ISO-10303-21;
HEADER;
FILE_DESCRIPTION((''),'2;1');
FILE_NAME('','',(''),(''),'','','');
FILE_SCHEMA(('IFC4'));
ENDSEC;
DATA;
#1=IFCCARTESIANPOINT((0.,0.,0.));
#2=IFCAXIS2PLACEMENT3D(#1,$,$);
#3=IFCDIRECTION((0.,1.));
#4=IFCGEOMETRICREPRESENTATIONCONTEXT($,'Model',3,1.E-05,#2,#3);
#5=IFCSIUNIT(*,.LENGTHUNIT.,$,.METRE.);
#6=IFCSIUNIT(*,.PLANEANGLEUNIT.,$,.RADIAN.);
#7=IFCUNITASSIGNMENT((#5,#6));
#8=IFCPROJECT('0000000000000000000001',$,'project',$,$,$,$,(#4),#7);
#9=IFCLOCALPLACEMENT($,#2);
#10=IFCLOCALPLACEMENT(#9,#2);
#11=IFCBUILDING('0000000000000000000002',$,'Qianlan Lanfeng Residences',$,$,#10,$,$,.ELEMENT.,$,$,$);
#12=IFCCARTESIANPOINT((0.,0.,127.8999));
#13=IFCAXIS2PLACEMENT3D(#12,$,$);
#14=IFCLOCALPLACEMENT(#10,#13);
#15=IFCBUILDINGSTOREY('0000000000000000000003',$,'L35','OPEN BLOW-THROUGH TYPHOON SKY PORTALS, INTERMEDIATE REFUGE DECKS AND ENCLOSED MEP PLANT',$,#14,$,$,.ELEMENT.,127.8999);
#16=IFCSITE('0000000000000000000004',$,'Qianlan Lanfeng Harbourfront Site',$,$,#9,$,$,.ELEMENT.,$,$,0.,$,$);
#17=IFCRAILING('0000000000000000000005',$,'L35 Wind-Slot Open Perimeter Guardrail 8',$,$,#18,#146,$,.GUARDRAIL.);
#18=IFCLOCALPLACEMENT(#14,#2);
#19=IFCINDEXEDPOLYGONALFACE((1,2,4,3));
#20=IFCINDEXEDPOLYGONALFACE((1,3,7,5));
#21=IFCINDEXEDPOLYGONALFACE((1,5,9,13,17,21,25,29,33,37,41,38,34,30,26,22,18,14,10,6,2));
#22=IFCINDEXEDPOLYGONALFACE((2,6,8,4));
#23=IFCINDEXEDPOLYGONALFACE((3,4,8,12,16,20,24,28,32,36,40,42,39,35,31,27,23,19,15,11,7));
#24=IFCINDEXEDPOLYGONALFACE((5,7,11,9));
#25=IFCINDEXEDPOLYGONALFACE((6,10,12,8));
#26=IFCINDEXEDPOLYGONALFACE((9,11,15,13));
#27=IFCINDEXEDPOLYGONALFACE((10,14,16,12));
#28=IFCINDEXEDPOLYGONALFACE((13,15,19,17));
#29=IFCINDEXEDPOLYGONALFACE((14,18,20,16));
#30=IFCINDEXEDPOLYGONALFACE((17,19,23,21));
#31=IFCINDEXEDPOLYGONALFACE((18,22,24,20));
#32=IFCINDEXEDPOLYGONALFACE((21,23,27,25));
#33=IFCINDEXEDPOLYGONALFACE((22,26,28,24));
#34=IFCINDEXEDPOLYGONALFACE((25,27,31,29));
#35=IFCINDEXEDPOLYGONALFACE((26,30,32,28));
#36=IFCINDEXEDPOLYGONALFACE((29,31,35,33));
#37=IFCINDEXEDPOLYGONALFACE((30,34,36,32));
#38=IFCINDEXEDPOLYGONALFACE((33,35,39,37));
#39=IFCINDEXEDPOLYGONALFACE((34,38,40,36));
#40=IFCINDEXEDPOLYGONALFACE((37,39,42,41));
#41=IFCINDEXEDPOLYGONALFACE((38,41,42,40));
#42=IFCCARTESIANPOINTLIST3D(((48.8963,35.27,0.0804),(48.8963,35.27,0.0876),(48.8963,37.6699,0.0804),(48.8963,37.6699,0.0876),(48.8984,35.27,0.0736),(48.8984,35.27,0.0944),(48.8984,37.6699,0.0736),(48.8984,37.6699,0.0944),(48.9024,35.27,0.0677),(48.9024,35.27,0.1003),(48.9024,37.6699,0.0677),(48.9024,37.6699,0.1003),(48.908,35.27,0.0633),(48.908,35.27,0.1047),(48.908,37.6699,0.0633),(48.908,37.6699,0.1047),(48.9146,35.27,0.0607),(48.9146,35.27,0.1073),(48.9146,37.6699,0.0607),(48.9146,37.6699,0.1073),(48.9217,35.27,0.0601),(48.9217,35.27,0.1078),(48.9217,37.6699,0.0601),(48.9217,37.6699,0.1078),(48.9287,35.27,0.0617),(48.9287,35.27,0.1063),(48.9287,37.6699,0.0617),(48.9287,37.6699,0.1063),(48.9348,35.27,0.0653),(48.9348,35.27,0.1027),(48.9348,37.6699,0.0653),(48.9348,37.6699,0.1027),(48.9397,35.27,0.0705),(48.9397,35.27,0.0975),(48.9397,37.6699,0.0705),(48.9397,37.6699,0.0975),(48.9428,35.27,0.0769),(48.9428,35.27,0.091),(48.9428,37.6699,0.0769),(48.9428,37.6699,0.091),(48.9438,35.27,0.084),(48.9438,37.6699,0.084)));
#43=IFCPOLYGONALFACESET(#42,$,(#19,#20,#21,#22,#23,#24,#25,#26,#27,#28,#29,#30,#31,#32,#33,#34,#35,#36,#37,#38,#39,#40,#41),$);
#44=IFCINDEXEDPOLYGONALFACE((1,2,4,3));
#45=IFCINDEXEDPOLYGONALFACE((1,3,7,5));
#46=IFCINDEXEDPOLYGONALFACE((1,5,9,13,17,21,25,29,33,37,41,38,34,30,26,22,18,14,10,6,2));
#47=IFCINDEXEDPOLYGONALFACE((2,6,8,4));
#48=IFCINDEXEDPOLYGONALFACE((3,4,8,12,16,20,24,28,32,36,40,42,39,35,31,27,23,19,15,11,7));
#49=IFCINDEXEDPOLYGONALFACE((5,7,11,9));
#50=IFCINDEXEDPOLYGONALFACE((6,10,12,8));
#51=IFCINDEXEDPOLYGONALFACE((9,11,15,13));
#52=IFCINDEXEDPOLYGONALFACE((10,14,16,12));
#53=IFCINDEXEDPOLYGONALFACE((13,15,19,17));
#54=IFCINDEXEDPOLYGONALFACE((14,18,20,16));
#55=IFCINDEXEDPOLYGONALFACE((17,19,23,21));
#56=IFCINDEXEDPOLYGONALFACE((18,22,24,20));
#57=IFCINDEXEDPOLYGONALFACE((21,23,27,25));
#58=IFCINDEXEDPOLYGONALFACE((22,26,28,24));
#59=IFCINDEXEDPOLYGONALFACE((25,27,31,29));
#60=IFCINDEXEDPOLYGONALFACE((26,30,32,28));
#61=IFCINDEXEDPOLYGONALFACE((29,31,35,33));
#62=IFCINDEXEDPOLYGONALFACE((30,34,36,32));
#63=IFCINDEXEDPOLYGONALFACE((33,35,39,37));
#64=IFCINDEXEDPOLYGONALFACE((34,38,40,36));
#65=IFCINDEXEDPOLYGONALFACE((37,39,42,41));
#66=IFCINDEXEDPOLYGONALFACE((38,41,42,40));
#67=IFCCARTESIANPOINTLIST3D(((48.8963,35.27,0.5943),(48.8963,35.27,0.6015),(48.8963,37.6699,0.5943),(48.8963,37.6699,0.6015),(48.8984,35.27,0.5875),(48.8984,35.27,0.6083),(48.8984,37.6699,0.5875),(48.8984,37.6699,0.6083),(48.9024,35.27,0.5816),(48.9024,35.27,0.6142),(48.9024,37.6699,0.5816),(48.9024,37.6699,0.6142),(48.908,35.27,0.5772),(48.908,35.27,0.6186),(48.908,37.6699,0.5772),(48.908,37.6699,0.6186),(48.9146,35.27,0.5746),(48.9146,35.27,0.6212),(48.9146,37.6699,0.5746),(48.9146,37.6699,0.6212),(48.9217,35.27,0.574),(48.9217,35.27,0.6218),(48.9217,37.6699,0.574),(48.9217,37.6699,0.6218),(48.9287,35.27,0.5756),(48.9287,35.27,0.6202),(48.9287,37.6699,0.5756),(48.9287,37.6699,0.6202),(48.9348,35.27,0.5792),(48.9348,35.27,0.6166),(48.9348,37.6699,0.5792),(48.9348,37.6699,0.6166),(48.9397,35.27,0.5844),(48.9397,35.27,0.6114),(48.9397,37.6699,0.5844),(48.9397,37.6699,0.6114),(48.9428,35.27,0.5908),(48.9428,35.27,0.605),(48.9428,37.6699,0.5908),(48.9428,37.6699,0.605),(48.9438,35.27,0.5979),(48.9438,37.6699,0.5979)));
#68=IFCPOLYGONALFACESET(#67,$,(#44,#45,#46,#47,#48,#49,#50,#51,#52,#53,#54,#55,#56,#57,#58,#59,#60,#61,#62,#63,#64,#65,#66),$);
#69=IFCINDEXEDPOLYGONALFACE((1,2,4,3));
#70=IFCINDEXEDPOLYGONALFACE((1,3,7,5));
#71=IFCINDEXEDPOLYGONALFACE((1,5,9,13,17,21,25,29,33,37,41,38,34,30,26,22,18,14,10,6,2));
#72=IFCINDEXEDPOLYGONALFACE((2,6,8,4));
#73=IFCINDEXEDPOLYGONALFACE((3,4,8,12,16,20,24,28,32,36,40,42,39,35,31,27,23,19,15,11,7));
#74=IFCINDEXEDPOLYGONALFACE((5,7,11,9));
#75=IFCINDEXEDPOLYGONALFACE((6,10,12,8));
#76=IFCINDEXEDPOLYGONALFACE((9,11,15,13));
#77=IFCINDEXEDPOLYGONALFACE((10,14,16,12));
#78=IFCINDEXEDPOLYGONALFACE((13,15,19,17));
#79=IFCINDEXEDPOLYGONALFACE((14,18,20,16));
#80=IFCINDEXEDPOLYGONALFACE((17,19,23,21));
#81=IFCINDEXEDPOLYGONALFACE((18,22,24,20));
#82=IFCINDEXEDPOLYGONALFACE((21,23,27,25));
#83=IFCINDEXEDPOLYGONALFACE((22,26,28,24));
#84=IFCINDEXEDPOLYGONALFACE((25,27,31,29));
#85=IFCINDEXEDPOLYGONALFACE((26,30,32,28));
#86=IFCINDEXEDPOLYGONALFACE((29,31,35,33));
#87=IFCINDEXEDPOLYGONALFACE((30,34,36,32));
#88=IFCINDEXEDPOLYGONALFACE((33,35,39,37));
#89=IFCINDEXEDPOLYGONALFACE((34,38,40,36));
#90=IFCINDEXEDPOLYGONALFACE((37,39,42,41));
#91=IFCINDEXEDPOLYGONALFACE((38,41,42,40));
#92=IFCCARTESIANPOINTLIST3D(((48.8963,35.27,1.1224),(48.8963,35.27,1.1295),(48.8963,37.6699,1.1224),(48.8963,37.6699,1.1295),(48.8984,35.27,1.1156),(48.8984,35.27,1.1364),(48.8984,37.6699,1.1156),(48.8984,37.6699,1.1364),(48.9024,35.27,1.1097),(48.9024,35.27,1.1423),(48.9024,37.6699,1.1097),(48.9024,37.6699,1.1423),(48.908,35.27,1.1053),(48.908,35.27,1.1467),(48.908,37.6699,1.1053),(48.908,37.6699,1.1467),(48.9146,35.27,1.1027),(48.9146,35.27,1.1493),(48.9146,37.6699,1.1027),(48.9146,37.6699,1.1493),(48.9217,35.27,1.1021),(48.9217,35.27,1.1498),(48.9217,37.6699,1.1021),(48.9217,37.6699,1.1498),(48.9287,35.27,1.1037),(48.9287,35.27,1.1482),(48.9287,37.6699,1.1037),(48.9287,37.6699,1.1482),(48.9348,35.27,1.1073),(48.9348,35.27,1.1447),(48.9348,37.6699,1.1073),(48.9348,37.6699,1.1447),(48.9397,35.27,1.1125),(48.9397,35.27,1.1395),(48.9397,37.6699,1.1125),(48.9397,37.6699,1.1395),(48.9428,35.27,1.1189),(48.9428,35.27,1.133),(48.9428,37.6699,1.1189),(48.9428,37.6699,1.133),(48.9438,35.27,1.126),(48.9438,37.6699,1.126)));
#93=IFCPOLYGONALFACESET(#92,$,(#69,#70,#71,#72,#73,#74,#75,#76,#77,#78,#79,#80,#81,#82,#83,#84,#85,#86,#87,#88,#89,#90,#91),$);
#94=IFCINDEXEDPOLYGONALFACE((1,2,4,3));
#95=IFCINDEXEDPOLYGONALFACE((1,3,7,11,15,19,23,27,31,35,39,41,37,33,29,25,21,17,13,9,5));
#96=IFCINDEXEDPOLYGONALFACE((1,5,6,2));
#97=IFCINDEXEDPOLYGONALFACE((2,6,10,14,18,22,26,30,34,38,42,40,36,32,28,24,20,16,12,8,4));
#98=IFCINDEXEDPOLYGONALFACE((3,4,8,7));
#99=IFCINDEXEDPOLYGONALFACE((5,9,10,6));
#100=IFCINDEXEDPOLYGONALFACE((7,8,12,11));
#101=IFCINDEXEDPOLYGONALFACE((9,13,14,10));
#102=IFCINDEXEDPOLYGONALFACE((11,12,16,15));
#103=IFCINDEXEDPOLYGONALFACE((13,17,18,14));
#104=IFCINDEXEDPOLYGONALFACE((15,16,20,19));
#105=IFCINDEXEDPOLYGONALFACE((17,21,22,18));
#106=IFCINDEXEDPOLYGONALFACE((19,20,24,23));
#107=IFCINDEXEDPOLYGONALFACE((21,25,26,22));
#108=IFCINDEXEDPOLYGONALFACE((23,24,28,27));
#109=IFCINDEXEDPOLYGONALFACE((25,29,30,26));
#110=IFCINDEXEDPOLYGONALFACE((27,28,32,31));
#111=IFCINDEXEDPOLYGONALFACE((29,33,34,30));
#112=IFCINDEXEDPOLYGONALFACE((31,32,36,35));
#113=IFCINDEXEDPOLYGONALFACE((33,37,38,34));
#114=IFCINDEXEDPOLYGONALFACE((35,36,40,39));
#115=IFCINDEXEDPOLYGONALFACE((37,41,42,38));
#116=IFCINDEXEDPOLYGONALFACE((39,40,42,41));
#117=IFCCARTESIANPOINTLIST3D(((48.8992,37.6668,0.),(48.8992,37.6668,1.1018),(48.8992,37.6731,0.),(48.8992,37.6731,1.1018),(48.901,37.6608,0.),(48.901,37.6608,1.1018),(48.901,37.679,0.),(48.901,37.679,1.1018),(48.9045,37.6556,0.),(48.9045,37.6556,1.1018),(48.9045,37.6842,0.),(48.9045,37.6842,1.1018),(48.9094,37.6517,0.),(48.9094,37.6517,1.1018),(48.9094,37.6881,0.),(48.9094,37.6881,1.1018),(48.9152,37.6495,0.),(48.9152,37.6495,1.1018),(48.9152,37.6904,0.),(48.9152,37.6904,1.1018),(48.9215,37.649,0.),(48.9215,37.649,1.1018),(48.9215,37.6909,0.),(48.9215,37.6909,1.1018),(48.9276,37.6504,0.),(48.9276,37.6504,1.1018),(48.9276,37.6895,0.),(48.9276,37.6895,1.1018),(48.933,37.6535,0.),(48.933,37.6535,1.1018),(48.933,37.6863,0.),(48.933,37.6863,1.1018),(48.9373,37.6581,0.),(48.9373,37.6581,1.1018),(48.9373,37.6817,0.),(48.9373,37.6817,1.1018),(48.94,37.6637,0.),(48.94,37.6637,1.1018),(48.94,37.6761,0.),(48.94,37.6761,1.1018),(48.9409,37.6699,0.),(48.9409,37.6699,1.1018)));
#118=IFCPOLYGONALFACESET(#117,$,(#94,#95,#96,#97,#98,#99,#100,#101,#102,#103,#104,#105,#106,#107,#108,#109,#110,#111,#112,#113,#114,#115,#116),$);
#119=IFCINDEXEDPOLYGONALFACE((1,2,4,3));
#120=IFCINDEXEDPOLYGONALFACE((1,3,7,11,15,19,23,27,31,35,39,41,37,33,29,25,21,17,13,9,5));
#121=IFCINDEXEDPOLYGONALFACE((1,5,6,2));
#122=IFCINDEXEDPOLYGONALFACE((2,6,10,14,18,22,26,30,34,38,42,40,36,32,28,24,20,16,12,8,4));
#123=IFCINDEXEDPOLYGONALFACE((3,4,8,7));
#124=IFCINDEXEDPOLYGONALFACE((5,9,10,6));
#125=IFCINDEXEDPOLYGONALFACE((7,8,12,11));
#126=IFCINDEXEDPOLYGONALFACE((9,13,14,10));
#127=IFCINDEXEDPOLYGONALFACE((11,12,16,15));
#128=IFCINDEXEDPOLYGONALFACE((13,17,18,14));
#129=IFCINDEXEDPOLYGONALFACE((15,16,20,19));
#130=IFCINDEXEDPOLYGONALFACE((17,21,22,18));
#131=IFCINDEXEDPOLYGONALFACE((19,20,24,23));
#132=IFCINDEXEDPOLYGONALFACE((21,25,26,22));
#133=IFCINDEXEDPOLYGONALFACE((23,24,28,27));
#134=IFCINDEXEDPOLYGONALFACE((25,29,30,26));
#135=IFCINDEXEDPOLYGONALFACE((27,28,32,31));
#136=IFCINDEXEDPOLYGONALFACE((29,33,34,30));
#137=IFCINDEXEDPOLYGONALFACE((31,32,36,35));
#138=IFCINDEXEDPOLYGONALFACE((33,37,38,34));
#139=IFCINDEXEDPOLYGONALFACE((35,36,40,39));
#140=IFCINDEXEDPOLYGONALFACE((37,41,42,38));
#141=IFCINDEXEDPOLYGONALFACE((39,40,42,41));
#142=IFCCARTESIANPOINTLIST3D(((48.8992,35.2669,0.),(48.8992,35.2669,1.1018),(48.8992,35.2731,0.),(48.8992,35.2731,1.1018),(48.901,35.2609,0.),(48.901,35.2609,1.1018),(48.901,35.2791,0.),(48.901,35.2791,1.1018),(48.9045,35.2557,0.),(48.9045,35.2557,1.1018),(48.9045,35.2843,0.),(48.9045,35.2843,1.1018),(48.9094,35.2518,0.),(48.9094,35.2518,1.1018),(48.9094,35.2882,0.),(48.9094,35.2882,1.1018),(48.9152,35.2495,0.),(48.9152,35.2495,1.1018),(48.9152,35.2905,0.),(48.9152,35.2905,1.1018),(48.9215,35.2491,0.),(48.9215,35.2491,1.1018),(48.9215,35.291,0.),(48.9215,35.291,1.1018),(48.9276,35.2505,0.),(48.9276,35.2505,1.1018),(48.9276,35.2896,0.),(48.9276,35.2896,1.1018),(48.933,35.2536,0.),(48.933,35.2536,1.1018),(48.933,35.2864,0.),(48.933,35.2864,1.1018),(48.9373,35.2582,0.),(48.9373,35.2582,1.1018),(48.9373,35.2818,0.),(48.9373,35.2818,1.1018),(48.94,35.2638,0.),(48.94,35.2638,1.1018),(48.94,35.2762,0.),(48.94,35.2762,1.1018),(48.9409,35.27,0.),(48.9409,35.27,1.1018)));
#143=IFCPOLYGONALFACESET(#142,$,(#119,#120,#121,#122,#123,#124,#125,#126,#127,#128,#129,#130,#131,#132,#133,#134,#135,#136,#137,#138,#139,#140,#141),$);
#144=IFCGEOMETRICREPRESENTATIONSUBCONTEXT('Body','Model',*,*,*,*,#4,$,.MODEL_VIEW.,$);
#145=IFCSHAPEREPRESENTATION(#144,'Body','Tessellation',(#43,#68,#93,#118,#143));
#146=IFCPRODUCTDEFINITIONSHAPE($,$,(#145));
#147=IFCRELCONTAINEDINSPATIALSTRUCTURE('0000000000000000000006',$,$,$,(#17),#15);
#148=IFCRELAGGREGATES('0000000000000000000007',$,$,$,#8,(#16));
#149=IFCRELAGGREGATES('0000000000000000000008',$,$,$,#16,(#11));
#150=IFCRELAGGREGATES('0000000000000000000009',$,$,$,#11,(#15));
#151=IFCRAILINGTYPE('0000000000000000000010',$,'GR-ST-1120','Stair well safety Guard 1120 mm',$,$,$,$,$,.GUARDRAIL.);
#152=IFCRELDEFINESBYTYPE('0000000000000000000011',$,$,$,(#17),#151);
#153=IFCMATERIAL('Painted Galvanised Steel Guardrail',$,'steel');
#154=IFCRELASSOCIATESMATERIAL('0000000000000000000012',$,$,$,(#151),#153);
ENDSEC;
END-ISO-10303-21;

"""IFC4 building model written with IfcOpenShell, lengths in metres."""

from ifc_helpers import new_model, si_unit, direction, frame, origin, origin_2d, place, context, subcontext, project, spatial, circle, extrude, material, type_object, element, save


model = new_model("IFC4")

# Units and contexts
model_context = context("Model", 3, precision=1e-05, world=origin(), true_north=direction((0.0, 1.0)))
body_context = subcontext(model_context, "Body", "Model", "MODEL_VIEW")
ifc_project = project(units=[si_unit("LENGTHUNIT", "METRE"), si_unit("PLANEANGLEUNIT", "RADIAN")], contexts=[model_context])

# Site, building, storey
site_placement = place(None, origin())
site = spatial("IfcSite", under=ifc_project, at=site_placement, Name="Qianlan Lanfeng Harbourfront Site", CompositionType="ELEMENT", RefElevation=0.0)
building_placement = place(site_placement, origin())
building = spatial("IfcBuilding", under=site, at=building_placement, Name="Qianlan Lanfeng Residences", CompositionType="ELEMENT")
storey_placement = place(building_placement, frame((0.0, 0.0, 127.8999)))
storey = spatial("IfcBuildingStorey", under=building, at=storey_placement, Name="L35", Description="OPEN BLOW-THROUGH TYPHOON SKY PORTALS, INTERMEDIATE REFUGE DECKS AND ENCLOSED MEP PLANT", CompositionType="ELEMENT", Elevation=127.8999)

# Railing
ifc_material_1 = material(Name="Painted Galvanised Steel Guardrail", Category="steel")
railing_type_1 = type_object("IfcRailingType", Name="GR-ST-1120", Description="Stair well safety Guard 1120 mm", PredefinedType="GUARDRAIL", material=ifc_material_1)
railing_1_placement = place(storey_placement, frame((48.9199, 37.6699, 0.0)))
element("IfcRailing", 1, at=railing_1_placement, inside=storey, type_object=railing_type_1, Name="L35 Wind-Slot Open Perimeter Guardrail 8", PredefinedType="GUARDRAIL", context=body_context, shape_type="SweptSolid", body=[
    extrude(circle(Radius=0.0239, at=origin_2d()), frame((0.0, 0.0, 0.084), z_axis=(0.0, -1.0, 0.0), x_axis=(1.0, 0.0, 0.0)), (0.0, 0.0, 1.0), 2.3999),
    extrude(circle(Radius=0.0239, at=origin_2d()), frame((0.0, 0.0, 0.5979), z_axis=(0.0, -1.0, 0.0), x_axis=(1.0, 0.0, 0.0)), (0.0, 0.0, 1.0), 2.3999),
    extrude(circle(Radius=0.0239, at=origin_2d()), frame((0.0, 0.0, 1.126), z_axis=(0.0, -1.0, 0.0), x_axis=(1.0, 0.0, 0.0)), (0.0, 0.0, 1.0), 2.3999),
    extrude(circle(Radius=0.021, at=origin_2d()), origin(), (0.0, 0.0, 1.0), 1.1018),
    extrude(circle(Radius=0.021, at=origin_2d()), frame((0.0, -2.3999, 0.0)), (0.0, 0.0, 1.0), 1.1018),
])

save(model, "model.ifc")
